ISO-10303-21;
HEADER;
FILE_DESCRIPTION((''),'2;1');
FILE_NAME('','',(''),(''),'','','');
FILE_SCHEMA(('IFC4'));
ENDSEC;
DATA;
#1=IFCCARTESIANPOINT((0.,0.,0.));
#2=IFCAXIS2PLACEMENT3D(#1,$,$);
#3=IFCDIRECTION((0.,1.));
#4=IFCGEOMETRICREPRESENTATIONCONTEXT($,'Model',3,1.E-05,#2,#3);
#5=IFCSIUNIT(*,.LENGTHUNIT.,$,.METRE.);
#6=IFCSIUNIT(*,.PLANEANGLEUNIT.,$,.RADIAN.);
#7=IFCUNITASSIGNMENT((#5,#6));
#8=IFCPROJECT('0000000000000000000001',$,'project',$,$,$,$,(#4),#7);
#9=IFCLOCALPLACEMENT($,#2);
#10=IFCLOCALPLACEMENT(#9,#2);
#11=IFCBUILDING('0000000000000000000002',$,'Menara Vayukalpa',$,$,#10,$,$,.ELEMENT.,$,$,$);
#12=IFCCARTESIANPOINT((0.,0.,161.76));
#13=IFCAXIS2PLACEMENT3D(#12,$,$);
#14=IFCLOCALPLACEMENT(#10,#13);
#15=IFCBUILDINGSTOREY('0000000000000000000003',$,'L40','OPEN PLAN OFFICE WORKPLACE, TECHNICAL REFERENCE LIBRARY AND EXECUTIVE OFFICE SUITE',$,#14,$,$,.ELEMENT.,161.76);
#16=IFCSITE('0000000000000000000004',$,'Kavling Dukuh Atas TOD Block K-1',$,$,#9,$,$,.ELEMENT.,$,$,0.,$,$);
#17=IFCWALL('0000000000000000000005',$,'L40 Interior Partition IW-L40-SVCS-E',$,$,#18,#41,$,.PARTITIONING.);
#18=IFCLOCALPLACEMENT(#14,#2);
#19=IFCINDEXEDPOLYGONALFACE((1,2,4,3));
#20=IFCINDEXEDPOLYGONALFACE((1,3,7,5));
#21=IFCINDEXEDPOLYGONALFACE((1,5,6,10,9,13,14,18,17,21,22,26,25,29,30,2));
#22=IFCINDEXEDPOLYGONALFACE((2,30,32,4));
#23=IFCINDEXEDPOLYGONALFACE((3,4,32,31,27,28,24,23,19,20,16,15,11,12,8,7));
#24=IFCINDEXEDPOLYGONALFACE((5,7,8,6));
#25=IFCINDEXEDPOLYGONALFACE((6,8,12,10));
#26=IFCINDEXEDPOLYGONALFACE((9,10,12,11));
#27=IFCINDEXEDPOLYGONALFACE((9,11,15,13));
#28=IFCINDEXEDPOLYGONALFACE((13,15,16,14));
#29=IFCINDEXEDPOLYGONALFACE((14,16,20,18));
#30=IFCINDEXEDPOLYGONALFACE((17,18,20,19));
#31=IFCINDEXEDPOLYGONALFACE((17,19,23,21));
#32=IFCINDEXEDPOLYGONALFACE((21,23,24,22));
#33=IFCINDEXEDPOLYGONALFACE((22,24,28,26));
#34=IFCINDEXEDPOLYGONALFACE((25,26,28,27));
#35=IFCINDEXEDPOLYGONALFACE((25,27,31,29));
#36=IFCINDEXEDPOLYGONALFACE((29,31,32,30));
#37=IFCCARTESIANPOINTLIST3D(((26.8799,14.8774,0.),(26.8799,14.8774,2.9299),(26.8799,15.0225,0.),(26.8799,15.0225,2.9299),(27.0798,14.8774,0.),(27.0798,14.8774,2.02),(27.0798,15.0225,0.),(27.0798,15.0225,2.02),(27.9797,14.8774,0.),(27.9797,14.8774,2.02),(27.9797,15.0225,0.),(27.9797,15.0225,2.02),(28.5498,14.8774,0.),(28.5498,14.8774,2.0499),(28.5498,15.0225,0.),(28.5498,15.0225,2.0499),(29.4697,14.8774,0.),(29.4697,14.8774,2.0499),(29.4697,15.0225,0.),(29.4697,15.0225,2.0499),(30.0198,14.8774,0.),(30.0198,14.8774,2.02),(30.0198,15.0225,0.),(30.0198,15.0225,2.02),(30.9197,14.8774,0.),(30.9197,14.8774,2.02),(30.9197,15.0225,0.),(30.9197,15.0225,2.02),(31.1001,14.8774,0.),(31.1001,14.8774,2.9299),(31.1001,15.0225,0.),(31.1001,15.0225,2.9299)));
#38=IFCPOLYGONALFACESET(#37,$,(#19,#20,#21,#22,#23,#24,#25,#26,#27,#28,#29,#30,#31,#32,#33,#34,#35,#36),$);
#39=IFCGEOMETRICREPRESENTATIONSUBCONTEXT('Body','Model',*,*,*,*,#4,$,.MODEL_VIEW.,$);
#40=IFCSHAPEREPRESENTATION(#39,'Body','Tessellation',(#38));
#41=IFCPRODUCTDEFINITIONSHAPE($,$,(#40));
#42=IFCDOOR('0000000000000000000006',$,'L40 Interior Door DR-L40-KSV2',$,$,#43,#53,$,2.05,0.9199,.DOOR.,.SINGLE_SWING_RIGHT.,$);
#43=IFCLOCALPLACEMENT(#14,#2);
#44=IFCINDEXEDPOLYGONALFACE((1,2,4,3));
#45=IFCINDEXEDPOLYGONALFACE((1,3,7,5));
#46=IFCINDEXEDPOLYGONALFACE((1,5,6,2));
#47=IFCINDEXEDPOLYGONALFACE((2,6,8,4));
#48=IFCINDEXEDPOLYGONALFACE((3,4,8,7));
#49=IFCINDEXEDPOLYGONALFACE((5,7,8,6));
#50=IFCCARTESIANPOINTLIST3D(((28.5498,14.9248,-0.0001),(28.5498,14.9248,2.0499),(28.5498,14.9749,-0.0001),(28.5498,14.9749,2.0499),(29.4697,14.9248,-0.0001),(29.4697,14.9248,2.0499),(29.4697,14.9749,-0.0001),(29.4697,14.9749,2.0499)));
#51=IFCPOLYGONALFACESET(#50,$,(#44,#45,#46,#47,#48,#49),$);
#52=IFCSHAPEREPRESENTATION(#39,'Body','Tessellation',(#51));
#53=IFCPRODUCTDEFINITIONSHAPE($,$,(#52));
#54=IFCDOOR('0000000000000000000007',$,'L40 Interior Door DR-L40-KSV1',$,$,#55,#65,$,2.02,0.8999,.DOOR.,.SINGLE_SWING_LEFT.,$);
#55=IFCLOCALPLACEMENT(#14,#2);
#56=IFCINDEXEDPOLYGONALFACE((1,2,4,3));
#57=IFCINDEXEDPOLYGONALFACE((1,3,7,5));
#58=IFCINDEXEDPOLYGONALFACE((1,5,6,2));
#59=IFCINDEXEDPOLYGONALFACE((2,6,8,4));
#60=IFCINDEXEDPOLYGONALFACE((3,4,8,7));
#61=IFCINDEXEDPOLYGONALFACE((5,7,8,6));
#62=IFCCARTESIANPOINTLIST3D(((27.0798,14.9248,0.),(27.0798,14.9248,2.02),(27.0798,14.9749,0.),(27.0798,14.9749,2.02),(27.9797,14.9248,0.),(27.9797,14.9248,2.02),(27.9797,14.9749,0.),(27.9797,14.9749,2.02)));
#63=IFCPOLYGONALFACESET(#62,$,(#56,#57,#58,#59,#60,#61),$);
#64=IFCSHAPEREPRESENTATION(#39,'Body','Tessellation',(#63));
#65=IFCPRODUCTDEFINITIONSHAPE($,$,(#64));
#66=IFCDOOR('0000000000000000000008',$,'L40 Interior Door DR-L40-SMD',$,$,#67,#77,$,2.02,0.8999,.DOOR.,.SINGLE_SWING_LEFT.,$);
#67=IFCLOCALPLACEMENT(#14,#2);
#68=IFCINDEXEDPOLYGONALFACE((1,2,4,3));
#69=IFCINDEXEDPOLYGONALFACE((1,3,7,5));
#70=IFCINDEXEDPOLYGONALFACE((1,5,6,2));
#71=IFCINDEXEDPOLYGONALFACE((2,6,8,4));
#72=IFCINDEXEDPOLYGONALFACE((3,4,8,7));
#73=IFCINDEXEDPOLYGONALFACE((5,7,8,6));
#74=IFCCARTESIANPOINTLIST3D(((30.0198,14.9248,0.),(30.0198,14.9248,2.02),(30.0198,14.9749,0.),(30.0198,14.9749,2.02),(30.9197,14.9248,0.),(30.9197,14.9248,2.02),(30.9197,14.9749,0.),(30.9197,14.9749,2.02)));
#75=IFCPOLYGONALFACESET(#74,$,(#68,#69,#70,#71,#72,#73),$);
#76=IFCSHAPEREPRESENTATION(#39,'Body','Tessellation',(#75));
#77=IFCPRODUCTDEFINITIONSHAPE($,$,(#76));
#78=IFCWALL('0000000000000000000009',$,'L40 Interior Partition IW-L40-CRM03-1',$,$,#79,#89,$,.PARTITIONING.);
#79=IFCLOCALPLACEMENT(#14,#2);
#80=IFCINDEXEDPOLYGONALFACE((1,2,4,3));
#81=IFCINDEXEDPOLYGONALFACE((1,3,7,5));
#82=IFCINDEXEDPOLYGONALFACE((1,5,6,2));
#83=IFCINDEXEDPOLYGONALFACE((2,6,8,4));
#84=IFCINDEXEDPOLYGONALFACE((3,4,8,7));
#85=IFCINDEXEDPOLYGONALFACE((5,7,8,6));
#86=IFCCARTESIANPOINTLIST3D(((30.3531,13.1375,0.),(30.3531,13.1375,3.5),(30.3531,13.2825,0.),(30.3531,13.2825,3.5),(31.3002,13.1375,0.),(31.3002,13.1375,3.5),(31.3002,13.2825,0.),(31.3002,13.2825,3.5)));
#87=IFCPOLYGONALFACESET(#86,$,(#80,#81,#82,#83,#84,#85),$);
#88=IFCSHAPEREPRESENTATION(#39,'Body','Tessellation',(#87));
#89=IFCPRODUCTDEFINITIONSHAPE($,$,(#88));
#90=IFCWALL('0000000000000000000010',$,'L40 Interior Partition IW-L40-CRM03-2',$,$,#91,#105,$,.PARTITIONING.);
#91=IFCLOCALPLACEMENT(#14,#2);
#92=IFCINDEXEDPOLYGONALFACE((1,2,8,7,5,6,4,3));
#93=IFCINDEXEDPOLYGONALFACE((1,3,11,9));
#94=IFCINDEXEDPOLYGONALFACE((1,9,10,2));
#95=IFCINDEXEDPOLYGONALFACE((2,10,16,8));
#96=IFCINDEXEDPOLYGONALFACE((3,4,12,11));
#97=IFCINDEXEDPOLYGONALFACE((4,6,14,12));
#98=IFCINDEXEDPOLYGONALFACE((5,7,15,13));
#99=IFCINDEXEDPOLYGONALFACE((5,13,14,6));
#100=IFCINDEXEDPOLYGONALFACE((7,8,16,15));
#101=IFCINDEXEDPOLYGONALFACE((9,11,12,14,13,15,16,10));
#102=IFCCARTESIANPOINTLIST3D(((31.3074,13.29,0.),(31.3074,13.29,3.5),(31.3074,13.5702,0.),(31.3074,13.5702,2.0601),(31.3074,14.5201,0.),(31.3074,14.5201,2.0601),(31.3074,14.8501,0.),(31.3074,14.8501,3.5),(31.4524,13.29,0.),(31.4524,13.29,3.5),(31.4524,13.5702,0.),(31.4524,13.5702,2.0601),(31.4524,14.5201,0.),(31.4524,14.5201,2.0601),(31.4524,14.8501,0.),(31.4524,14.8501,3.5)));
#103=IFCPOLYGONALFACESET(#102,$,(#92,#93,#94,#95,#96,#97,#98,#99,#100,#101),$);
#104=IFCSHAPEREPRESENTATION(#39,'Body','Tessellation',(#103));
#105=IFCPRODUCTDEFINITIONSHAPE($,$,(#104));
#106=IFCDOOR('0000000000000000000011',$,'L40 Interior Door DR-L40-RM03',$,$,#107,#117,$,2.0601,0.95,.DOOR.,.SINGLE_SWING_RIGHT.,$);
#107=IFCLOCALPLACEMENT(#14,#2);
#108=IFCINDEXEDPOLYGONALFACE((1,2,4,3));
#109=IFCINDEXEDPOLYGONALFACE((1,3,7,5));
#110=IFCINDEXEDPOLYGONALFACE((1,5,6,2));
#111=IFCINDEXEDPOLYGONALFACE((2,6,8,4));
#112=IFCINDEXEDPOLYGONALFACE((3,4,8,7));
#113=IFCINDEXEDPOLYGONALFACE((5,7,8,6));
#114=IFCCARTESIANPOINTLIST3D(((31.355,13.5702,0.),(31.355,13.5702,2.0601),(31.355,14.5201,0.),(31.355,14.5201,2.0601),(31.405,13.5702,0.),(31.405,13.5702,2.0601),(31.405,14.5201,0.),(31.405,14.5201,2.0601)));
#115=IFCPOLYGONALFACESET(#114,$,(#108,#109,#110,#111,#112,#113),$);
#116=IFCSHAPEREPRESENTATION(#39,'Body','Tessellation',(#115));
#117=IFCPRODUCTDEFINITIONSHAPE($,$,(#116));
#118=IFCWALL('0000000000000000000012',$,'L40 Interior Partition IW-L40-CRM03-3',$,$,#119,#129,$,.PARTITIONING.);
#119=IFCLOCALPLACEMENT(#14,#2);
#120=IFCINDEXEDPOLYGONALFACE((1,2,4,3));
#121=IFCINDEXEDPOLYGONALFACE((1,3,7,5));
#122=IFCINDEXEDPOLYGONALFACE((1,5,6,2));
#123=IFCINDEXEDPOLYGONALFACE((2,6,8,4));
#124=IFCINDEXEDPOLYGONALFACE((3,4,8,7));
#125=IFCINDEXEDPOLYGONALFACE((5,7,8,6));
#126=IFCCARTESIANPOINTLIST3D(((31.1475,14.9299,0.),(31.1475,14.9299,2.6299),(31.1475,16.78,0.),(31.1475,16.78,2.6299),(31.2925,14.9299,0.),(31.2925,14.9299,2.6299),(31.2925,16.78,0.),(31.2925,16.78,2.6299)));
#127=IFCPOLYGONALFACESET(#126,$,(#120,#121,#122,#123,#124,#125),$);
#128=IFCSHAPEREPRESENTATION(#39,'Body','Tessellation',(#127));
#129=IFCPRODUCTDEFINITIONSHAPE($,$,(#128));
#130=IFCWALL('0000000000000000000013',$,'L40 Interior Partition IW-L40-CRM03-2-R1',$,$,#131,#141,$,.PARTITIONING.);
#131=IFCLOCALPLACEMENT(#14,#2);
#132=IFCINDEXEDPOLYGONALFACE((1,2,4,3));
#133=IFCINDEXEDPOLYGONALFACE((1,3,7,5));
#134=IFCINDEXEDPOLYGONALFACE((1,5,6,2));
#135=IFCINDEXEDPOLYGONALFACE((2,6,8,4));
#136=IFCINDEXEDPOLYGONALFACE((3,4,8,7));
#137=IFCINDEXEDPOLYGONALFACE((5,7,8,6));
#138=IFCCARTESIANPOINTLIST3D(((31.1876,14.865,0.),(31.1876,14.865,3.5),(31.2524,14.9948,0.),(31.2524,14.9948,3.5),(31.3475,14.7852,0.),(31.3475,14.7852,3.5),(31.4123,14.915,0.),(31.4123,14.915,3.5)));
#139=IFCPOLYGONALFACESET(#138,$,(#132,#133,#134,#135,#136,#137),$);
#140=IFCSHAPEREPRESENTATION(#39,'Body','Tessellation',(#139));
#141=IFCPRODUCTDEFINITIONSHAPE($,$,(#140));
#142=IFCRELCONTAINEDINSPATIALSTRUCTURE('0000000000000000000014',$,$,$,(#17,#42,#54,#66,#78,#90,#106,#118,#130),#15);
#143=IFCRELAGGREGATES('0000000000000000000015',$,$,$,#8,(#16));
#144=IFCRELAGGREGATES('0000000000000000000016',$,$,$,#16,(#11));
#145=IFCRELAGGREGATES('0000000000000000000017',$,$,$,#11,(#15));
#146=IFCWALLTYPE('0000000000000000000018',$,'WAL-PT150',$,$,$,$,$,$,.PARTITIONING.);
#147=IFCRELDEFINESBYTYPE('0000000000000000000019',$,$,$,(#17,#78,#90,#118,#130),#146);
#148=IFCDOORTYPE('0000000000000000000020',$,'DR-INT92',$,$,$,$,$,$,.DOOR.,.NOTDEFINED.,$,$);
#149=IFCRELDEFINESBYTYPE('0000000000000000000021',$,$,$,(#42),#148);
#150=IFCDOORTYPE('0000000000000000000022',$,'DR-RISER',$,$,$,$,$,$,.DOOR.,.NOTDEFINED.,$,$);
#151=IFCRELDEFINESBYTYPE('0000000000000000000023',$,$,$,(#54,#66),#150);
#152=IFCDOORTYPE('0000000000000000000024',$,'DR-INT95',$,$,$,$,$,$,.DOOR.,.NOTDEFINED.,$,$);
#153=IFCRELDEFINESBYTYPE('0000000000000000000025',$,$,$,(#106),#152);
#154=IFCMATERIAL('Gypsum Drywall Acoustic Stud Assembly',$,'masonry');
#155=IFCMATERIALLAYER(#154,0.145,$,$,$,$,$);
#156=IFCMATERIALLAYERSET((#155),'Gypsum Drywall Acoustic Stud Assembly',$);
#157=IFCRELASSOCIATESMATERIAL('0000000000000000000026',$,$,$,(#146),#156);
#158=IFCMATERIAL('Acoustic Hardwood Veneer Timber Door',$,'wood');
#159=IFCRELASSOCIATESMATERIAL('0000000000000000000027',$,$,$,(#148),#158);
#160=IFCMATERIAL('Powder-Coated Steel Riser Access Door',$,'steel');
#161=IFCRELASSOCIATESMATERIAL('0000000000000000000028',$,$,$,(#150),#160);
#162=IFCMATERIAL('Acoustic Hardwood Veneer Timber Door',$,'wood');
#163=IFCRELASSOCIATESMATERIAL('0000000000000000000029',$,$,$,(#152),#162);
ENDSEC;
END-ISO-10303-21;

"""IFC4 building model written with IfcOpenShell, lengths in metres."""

from ifc_helpers import new_model, si_unit, direction, frame, frame_2d, origin, place, context, subcontext, project, spatial, rectangle, extrude, material, layer, layer_set, type_object, element, fill, save


model = new_model("IFC4")

# Units and contexts
model_context = context("Model", 3, precision=1e-05, world=origin(), true_north=direction((0.0, 1.0)))
body_context = subcontext(model_context, "Body", "Model", "MODEL_VIEW")
ifc_project = project(units=[si_unit("LENGTHUNIT", "METRE"), si_unit("PLANEANGLEUNIT", "RADIAN")], contexts=[model_context])

# Site, building, storey
site_placement = place(None, origin())
site = spatial("IfcSite", under=ifc_project, at=site_placement, Name="Kavling Dukuh Atas TOD Block K-1", CompositionType="ELEMENT", RefElevation=0.0)
building_placement = place(site_placement, origin())
building = spatial("IfcBuilding", under=site, at=building_placement, Name="Menara Vayukalpa", CompositionType="ELEMENT")
storey_placement = place(building_placement, frame((0.0, 0.0, 161.76)))
storey = spatial("IfcBuildingStorey", under=building, at=storey_placement, Name="L40", Description="OPEN PLAN OFFICE WORKPLACE, TECHNICAL REFERENCE LIBRARY AND EXECUTIVE OFFICE SUITE", CompositionType="ELEMENT", Elevation=161.76)

# Wall, openings, doors
ifc_material_1 = material(Name="Gypsum Drywall Acoustic Stud Assembly", Category="masonry")
ifc_layer_1 = layer(ifc_material_1, 0.145)
ifc_layer_set_1 = layer_set([ifc_layer_1], Name="Gypsum Drywall Acoustic Stud Assembly")
wall_type_1 = type_object("IfcWallType", Name="WAL-PT150", PredefinedType="PARTITIONING", material=ifc_layer_set_1)
wall_1_placement = place(storey_placement, frame((26.8799, 14.95, 0.0), z_axis=(0.0, 0.0, 1.0), x_axis=(1.0, 0.0, 0.0)))
wall_1 = element("IfcWall", 1, at=wall_1_placement, inside=storey, type_object=wall_type_1, Name="L40 Interior Partition IW-L40-SVCS-E", PredefinedType="PARTITIONING", context=body_context, shape_type="SweptSolid", body=[
    extrude(rectangle(XDim=4.2202, YDim=0.145, at=frame_2d((2.1101, 0.0))), origin(), (0.0, 0.0, 1.0), 2.9299),
])
opening_1_placement = place(wall_1_placement, frame((0.2, 0.0, 0.0)))
opening_1 = element("IfcOpeningElement", 2, at=opening_1_placement, cuts=wall_1, PredefinedType="OPENING", context=body_context, shape_type="SweptSolid", body=[
    extrude(rectangle(XDim=0.8999, YDim=2.02, at=frame_2d((0.45, 1.01))), frame((0.0, 0.0825, 0.0), z_axis=(0.0, -1.0, 0.0), x_axis=(1.0, 0.0, 0.0)), (0.0, 0.0, 1.0), 0.165),
])
opening_2_placement = place(wall_1_placement, frame((1.6699, 0.0, 0.0)))
opening_2 = element("IfcOpeningElement", 3, at=opening_2_placement, cuts=wall_1, PredefinedType="OPENING", context=body_context, shape_type="SweptSolid", body=[
    extrude(rectangle(XDim=0.9199, YDim=2.05, at=frame_2d((0.46, 1.0249))), frame((0.0, 0.0825, 0.0), z_axis=(0.0, -1.0, 0.0), x_axis=(1.0, 0.0, 0.0)), (0.0, 0.0, 1.0), 0.165),
])
opening_3_placement = place(wall_1_placement, frame((3.1399, 0.0, 0.0)))
opening_3 = element("IfcOpeningElement", 4, at=opening_3_placement, cuts=wall_1, PredefinedType="OPENING", context=body_context, shape_type="SweptSolid", body=[
    extrude(rectangle(XDim=0.8999, YDim=2.02, at=frame_2d((0.45, 1.01))), frame((0.0, 0.0825, 0.0), z_axis=(0.0, -1.0, 0.0), x_axis=(1.0, 0.0, 0.0)), (0.0, 0.0, 1.0), 0.165),
])
ifc_material_2 = material(Name="Acoustic Hardwood Veneer Timber Door", Category="wood")
door_type_1 = type_object("IfcDoorType", Name="DR-INT92", OperationType="NOTDEFINED", PredefinedType="DOOR", material=ifc_material_2)
door_1_placement = place(opening_2_placement, origin())
door_1 = element("IfcDoor", 5, at=door_1_placement, inside=storey, type_object=door_type_1, Name="L40 Interior Door DR-L40-KSV2", OperationType="SINGLE_SWING_RIGHT", OverallHeight=2.05, OverallWidth=0.9199, PredefinedType="DOOR", context=body_context, shape_type="SweptSolid", body=[
    extrude(rectangle(XDim=0.9199, YDim=2.05, at=frame_2d((0.46, 1.0249))), frame((0.0, 0.0249, 0.0), z_axis=(0.0, -1.0, 0.0), x_axis=(1.0, 0.0, 0.0)), (0.0, 0.0, 1.0), 0.05),
])
fill(opening_2, door_1)
ifc_material_3 = material(Name="Powder-Coated Steel Riser Access Door", Category="steel")
door_type_2 = type_object("IfcDoorType", Name="DR-RISER", OperationType="NOTDEFINED", PredefinedType="DOOR", material=ifc_material_3)
door_2_placement = place(opening_1_placement, origin())
door_2 = element("IfcDoor", 6, at=door_2_placement, inside=storey, type_object=door_type_2, Name="L40 Interior Door DR-L40-KSV1", OperationType="SINGLE_SWING_LEFT", OverallHeight=2.02, OverallWidth=0.8999, PredefinedType="DOOR", context=body_context, shape_type="SweptSolid", body=[
    extrude(rectangle(XDim=0.8999, YDim=2.02, at=frame_2d((0.45, 1.01))), frame((0.0, 0.0249, 0.0), z_axis=(0.0, -1.0, 0.0), x_axis=(1.0, 0.0, 0.0)), (0.0, 0.0, 1.0), 0.05),
])
fill(opening_1, door_2)
door_3_placement = place(opening_3_placement, origin())
door_3 = element("IfcDoor", 7, at=door_3_placement, inside=storey, type_object=door_type_2, Name="L40 Interior Door DR-L40-SMD", OperationType="SINGLE_SWING_LEFT", OverallHeight=2.02, OverallWidth=0.8999, PredefinedType="DOOR", context=body_context, shape_type="SweptSolid", body=[
    extrude(rectangle(XDim=0.8999, YDim=2.02, at=frame_2d((0.45, 1.01))), frame((0.0, 0.0249, 0.0), z_axis=(0.0, -1.0, 0.0), x_axis=(1.0, 0.0, 0.0)), (0.0, 0.0, 1.0), 0.05),
])
fill(opening_3, door_3)

# Wall
wall_2_placement = place(storey_placement, frame((30.353, 13.21, 0.0), z_axis=(0.0, 0.0, 1.0), x_axis=(1.0, 0.0, 0.0)))
element("IfcWall", 8, at=wall_2_placement, inside=storey, type_object=wall_type_1, Name="L40 Interior Partition IW-L40-CRM03-1", PredefinedType="PARTITIONING", context=body_context, shape_type="SweptSolid", body=[
    extrude(rectangle(XDim=0.947, YDim=0.145, at=frame_2d((0.4736, 0.0))), origin(), (0.0, 0.0, 1.0), 3.5),
])

# Wall, opening, door
wall_3_placement = place(storey_placement, frame((31.3799, 13.29, 0.0), z_axis=(0.0, 0.0, 1.0), x_axis=(0.0, 1.0, 0.0)))
wall_3 = element("IfcWall", 9, at=wall_3_placement, inside=storey, type_object=wall_type_1, Name="L40 Interior Partition IW-L40-CRM03-2", PredefinedType="PARTITIONING", context=body_context, shape_type="SweptSolid", body=[
    extrude(rectangle(XDim=1.5601, YDim=0.145, at=frame_2d((0.78, 0.0))), origin(), (0.0, 0.0, 1.0), 3.5),
])
opening_4_placement = place(wall_3_placement, frame((0.28, 0.0, 0.0)))
opening_4 = element("IfcOpeningElement", 10, at=opening_4_placement, cuts=wall_3, PredefinedType="OPENING", context=body_context, shape_type="SweptSolid", body=[
    extrude(rectangle(XDim=0.95, YDim=2.0601, at=frame_2d((0.4751, 1.03))), frame((0.0, 0.0825, 0.0), z_axis=(0.0, -1.0, 0.0), x_axis=(1.0, 0.0, 0.0)), (0.0, 0.0, 1.0), 0.165),
])
ifc_material_4 = material(Name="Acoustic Hardwood Veneer Timber Door", Category="wood")
door_type_3 = type_object("IfcDoorType", Name="DR-INT95", OperationType="NOTDEFINED", PredefinedType="DOOR", material=ifc_material_4)
door_4_placement = place(opening_4_placement, origin())
door_4 = element("IfcDoor", 11, at=door_4_placement, inside=storey, type_object=door_type_3, Name="L40 Interior Door DR-L40-RM03", OperationType="SINGLE_SWING_RIGHT", OverallHeight=2.0601, OverallWidth=0.95, PredefinedType="DOOR", context=body_context, shape_type="SweptSolid", body=[
    extrude(rectangle(XDim=0.95, YDim=2.0601, at=frame_2d((0.4751, 1.03))), frame((0.0, 0.0249, 0.0), z_axis=(0.0, -1.0, 0.0), x_axis=(1.0, 0.0, 0.0)), (0.0, 0.0, 1.0), 0.05),
])
fill(opening_4, door_4)

# Walls
wall_4_placement = place(storey_placement, frame((31.22, 14.9299, 0.0), z_axis=(0.0, 0.0, 1.0), x_axis=(0.0, 1.0, 0.0)))
element("IfcWall", 12, at=wall_4_placement, inside=storey, type_object=wall_type_1, Name="L40 Interior Partition IW-L40-CRM03-3", PredefinedType="PARTITIONING", context=body_context, shape_type="SweptSolid", body=[
    extrude(rectangle(XDim=1.8501, YDim=0.145, at=frame_2d((0.925, 0.0))), origin(), (0.0, 0.0, 1.0), 2.6299),
])
wall_5_placement = place(storey_placement, frame((31.3799, 14.8501, 0.0), z_axis=(0.0, 0.0, 1.0), x_axis=(-0.8947, 0.446667, 0.0)))
element("IfcWall", 13, at=wall_5_placement, inside=storey, type_object=wall_type_1, Name="L40 Interior Partition IW-L40-CRM03-2-R1", PredefinedType="PARTITIONING", context=body_context, shape_type="SweptSolid", body=[
    extrude(rectangle(XDim=0.1787, YDim=0.145, at=frame_2d((0.0894, 0.0))), origin(), (0.0, 0.0, 1.0), 3.5),
])

save(model, "model.ifc")
